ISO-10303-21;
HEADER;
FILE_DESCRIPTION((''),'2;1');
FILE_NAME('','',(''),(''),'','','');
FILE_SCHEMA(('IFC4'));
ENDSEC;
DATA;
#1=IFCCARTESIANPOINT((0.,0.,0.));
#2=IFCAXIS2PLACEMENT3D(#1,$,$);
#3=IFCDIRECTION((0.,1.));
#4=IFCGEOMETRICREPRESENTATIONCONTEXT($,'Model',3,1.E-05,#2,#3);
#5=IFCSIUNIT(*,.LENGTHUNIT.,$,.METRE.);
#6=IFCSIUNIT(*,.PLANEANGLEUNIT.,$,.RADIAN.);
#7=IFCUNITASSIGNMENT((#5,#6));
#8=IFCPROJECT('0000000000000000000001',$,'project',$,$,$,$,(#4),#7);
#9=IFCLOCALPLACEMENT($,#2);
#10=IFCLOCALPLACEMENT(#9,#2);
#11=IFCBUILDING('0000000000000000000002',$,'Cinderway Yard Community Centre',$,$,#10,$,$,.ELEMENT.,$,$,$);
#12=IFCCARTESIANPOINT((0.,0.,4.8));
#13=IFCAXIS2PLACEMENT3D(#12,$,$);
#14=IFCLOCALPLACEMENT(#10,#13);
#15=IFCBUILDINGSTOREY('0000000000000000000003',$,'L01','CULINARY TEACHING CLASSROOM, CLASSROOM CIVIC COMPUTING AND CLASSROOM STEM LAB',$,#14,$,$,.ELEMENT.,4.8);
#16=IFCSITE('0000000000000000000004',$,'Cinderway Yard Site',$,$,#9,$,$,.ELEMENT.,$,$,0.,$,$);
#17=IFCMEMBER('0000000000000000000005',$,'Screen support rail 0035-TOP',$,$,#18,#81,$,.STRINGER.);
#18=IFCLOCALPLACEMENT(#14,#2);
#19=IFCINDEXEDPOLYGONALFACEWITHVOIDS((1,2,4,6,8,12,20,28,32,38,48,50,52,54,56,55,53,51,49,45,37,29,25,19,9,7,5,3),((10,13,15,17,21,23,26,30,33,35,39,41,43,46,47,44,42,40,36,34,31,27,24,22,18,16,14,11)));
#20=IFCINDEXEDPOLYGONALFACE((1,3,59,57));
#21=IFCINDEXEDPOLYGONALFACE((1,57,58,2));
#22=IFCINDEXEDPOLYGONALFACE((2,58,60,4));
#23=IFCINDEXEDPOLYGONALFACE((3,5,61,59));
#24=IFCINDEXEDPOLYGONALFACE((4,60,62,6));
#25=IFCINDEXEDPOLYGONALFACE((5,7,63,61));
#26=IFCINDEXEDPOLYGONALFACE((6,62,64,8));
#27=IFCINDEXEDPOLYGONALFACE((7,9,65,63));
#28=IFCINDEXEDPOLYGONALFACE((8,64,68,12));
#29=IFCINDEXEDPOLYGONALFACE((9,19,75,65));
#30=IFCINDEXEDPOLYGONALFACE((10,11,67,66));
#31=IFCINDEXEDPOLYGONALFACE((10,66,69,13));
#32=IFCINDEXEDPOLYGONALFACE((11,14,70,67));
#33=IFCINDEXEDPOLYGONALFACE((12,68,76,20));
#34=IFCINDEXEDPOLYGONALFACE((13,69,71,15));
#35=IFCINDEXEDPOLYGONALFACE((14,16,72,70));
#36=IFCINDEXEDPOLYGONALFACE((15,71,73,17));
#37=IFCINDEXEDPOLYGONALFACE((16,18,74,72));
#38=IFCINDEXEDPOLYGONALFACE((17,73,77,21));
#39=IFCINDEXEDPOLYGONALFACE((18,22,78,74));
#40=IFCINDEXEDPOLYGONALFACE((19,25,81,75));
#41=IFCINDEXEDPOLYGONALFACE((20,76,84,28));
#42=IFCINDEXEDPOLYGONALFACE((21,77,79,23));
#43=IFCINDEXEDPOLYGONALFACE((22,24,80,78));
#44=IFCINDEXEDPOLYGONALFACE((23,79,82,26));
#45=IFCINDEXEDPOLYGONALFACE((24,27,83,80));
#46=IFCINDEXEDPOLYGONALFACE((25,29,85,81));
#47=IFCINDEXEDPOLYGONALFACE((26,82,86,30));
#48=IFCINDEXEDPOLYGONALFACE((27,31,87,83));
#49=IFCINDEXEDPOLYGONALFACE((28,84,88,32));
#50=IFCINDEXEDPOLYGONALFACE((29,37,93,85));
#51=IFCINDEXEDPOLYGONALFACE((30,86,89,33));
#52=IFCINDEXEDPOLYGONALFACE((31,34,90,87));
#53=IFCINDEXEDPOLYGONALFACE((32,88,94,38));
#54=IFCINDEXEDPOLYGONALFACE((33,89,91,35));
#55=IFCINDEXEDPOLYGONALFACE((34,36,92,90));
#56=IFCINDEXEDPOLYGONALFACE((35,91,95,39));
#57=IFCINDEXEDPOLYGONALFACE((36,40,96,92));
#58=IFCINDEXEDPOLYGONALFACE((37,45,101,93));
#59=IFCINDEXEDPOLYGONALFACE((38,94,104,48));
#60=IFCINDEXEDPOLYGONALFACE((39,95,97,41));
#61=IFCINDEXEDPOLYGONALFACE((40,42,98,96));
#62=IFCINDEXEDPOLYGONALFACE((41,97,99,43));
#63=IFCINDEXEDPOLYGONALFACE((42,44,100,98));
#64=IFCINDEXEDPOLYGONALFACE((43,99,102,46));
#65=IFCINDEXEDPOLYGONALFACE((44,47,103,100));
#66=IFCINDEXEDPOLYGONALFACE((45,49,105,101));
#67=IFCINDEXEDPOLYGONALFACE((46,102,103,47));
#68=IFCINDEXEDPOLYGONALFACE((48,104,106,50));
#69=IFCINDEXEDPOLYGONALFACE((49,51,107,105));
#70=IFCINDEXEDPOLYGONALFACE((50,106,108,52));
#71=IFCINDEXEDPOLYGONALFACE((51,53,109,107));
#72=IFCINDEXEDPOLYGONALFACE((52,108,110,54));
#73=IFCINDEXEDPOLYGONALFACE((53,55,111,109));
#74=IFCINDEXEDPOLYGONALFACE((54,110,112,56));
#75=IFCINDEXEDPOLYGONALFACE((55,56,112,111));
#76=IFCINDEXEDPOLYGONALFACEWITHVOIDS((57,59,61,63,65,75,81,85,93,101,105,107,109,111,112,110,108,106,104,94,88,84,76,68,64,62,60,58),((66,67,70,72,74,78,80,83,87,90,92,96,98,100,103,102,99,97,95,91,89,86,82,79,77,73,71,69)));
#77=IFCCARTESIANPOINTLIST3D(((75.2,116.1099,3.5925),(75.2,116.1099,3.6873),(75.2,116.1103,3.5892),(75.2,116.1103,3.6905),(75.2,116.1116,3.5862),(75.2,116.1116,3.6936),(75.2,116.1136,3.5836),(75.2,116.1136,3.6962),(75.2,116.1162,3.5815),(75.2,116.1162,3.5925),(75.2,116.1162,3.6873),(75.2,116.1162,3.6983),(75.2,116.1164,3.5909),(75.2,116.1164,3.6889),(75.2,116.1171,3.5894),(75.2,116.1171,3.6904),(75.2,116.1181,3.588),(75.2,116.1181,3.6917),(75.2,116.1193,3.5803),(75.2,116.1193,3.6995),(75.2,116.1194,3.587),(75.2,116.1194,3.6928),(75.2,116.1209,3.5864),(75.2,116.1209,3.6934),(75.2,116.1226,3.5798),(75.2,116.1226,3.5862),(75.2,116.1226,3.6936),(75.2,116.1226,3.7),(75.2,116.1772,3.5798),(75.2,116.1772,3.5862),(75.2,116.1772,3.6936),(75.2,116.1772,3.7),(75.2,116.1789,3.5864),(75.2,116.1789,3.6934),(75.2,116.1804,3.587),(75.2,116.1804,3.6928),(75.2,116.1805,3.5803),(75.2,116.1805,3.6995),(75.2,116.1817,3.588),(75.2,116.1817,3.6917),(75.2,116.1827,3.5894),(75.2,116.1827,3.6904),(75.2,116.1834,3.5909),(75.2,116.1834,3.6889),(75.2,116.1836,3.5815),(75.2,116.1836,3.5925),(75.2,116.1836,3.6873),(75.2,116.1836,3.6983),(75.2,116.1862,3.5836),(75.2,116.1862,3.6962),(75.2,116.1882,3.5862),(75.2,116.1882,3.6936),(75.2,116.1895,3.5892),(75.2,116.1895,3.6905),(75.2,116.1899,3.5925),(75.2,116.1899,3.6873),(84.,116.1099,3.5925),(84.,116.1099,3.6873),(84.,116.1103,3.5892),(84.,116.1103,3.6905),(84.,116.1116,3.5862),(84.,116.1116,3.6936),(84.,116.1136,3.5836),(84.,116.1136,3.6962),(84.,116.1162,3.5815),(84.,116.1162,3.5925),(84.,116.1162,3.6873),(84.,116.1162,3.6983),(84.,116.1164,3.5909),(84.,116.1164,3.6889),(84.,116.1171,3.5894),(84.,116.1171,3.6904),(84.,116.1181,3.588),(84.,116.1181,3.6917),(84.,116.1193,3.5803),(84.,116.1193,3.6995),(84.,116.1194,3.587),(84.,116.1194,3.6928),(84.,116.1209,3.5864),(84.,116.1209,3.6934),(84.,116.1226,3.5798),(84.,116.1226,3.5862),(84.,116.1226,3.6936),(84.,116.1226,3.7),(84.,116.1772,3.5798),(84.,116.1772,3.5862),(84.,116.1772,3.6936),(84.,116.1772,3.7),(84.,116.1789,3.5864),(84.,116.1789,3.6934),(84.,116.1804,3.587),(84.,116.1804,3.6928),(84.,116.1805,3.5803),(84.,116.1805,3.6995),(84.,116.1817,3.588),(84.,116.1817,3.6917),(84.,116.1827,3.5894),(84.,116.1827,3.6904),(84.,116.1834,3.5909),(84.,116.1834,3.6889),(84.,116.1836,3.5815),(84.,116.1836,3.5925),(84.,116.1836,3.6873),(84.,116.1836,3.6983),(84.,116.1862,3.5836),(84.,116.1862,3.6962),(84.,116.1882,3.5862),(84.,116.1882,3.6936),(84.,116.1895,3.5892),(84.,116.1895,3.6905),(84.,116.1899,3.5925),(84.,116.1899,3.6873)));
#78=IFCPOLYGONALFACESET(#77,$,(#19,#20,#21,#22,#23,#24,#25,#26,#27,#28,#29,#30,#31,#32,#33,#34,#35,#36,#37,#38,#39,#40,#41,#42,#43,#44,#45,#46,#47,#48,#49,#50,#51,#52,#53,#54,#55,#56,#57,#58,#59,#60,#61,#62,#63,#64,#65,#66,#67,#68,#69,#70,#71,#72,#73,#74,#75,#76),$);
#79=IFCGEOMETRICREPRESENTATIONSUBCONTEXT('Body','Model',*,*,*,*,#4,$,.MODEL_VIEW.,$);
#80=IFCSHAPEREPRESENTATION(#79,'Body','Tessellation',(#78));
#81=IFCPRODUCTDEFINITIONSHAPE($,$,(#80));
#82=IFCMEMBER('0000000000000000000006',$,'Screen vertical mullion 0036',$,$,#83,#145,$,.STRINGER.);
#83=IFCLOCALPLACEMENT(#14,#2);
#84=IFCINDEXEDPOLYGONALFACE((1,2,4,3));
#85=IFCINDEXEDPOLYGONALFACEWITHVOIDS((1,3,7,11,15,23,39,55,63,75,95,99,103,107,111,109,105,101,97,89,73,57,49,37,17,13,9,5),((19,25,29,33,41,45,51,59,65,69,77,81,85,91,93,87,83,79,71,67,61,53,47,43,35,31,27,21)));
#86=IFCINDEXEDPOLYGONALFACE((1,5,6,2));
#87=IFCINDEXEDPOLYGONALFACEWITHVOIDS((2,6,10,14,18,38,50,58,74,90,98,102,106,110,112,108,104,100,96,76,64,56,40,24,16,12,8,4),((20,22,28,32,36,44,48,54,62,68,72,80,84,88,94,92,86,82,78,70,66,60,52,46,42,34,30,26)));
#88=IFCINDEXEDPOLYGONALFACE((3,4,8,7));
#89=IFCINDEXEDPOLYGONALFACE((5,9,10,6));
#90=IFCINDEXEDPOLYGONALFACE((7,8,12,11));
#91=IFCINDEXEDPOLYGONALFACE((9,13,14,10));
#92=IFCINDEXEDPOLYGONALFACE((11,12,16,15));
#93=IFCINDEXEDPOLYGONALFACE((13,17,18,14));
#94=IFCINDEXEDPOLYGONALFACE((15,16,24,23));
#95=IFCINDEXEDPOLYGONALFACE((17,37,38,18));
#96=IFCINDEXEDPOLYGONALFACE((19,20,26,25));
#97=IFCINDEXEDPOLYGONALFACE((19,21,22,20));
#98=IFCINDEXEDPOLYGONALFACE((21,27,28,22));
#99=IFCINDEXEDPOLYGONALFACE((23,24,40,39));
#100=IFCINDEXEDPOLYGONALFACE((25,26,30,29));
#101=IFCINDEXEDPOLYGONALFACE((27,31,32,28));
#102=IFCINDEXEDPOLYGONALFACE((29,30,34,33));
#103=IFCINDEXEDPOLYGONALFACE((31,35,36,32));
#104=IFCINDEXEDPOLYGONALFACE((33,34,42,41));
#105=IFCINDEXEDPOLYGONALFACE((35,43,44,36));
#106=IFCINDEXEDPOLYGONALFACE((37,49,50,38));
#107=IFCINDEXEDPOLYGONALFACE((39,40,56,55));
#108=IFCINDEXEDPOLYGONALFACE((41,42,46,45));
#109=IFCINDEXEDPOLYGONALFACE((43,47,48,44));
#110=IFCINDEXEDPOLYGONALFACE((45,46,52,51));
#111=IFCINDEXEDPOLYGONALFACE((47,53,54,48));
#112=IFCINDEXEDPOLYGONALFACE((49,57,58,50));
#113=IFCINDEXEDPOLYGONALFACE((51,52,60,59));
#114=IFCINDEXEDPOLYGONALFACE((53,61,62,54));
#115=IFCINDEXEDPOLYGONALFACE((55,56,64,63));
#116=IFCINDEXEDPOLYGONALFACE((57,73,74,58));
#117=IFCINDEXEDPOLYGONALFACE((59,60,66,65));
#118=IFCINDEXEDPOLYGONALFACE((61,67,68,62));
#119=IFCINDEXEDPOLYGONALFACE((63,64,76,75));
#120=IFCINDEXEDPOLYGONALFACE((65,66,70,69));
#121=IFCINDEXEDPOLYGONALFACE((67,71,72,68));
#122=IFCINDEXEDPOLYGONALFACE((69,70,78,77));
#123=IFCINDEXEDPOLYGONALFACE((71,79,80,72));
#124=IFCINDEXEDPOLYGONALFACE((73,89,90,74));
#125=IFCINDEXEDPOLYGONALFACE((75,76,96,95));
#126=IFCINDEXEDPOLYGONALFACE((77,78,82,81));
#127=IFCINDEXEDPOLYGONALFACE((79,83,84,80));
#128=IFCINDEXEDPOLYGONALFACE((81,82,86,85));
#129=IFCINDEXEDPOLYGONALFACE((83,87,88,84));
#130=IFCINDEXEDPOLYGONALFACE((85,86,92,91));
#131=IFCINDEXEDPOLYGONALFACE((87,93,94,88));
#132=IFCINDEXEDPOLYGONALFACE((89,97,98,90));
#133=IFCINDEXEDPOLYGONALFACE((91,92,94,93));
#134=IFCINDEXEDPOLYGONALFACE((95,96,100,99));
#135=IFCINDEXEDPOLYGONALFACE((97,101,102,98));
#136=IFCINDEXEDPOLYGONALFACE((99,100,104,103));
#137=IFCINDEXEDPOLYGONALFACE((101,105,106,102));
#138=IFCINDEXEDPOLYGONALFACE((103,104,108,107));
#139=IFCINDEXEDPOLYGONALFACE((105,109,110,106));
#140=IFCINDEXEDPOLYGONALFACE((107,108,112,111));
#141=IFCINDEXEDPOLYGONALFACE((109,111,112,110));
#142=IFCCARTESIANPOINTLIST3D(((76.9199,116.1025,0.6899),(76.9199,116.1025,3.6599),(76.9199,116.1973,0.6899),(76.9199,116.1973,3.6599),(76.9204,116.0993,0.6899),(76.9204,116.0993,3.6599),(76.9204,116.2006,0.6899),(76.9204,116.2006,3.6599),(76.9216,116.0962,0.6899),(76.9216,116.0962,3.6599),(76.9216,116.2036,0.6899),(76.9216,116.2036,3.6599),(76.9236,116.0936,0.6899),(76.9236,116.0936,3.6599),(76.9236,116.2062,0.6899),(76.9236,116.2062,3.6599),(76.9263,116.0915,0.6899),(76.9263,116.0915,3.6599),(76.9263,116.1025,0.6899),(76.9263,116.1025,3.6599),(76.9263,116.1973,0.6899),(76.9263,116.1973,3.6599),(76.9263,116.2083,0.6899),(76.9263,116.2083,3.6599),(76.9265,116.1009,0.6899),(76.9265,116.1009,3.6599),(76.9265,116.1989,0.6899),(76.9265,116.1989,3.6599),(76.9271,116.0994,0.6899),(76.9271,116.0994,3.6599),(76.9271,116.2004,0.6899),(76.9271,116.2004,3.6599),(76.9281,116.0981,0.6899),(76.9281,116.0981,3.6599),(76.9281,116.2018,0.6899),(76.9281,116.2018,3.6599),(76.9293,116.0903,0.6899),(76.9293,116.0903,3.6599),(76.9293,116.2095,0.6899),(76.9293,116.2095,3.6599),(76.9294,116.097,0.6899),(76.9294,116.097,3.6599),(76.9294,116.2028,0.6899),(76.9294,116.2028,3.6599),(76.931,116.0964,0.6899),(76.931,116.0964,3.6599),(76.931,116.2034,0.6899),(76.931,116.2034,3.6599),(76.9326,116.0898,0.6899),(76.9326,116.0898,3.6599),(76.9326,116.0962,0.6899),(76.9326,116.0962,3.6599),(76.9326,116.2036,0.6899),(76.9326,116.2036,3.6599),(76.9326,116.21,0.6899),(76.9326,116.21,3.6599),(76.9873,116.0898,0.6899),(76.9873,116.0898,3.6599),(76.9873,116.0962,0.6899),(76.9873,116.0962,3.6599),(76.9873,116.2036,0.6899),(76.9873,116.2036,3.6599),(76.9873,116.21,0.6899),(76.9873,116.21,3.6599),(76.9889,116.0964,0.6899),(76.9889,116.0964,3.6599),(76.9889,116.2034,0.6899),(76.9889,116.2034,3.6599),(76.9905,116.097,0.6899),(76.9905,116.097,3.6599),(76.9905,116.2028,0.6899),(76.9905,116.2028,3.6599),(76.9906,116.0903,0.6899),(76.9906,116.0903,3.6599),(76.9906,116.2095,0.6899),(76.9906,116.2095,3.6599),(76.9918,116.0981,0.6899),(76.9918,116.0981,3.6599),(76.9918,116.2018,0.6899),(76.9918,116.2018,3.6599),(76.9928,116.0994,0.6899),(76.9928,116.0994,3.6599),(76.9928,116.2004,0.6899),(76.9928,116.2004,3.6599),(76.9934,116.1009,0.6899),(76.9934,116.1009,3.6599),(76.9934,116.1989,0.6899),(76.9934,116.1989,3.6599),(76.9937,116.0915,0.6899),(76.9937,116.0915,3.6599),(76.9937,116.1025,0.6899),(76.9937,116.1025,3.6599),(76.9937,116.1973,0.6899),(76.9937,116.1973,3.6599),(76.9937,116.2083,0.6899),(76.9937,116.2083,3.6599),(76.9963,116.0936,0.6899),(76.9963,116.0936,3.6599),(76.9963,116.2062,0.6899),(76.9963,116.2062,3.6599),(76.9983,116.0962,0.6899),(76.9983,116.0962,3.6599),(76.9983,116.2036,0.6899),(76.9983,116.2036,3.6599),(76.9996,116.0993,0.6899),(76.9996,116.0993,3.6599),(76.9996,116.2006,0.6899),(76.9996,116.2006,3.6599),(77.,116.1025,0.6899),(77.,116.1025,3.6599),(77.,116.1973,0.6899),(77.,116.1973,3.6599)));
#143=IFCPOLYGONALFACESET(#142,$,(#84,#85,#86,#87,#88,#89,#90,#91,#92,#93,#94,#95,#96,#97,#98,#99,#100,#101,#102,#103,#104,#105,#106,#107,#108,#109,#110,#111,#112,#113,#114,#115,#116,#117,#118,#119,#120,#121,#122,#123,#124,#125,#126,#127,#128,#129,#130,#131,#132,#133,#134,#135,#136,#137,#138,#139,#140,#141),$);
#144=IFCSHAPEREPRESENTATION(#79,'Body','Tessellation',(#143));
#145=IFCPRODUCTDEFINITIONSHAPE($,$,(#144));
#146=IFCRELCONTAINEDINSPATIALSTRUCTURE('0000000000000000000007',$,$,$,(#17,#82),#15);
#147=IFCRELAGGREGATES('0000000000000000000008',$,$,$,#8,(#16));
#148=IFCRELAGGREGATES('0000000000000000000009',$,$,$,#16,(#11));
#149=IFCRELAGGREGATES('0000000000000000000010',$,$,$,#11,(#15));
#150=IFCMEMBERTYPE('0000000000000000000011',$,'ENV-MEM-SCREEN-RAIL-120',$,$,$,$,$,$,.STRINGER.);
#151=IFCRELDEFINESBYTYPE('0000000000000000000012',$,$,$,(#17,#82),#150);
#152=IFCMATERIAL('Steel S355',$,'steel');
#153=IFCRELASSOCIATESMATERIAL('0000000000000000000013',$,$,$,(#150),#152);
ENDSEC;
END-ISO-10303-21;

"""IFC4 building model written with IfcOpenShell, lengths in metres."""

from ifc_helpers import new_model, si_unit, direction, frame, origin, origin_2d, place, context, subcontext, project, spatial, hollow_rectangle, extrude, material, material_profile, profile_set, type_object, element, save


model = new_model("IFC4")

# Units and contexts
model_context = context("Model", 3, precision=1e-05, world=origin(), true_north=direction((0.0, 1.0)))
body_context = subcontext(model_context, "Body", "Model", "MODEL_VIEW")
ifc_project = project(units=[si_unit("LENGTHUNIT", "METRE"), si_unit("PLANEANGLEUNIT", "RADIAN")], contexts=[model_context])

# Site, building, storey
site_placement = place(None, origin())
site = spatial("IfcSite", under=ifc_project, at=site_placement, Name="Cinderway Yard Site", CompositionType="ELEMENT", RefElevation=0.0)
building_placement = place(site_placement, origin())
building = spatial("IfcBuilding", under=site, at=building_placement, Name="Cinderway Yard Community Centre", CompositionType="ELEMENT")
storey_placement = place(building_placement, frame((0.0, 0.0, 4.8)))
storey = spatial("IfcBuildingStorey", under=building, at=storey_placement, Name="L01", Description="CULINARY TEACHING CLASSROOM, CLASSROOM CIVIC COMPUTING AND CLASSROOM STEM LAB", CompositionType="ELEMENT", Elevation=4.8)

# Members
ifc_material_1 = material(Name="Steel S355", Category="steel")
ifc_material_profile_1 = material_profile(ifc_material_1, hollow_rectangle(XDim=0.0801, YDim=0.1201, WallThickness=0.0063, InnerFilletRadius=0.0063, OuterFilletRadius=0.0127, at=origin_2d()), Name="Steel S355")
ifc_profile_set_1 = profile_set([ifc_material_profile_1], Name="Steel S355")
member_type_1 = type_object("IfcMemberType", Name="ENV-MEM-SCREEN-RAIL-120", PredefinedType="STRINGER", material=ifc_profile_set_1)
for number, where, z_axis, x_axis, name in (
    (1, (75.2, 116.1499, 3.6399), (1.0, 0.0, 0.0), (0.0, 1.0, 0.0), "Screen support rail 0035-TOP"),
):
    element("IfcMember", number, at=place(storey_placement, frame(where, z_axis=z_axis, x_axis=x_axis)), inside=storey, type_object=member_type_1, Name=name, PredefinedType="STRINGER", context=body_context, shape_type="SweptSolid", body=[
        extrude(hollow_rectangle(XDim=0.0801, YDim=0.1201, WallThickness=0.0063, InnerFilletRadius=0.0063, OuterFilletRadius=0.0127, at=origin_2d()), origin(), (0.0, 0.0, 1.0), 8.8),
    ])
for number, where, z_axis, x_axis, name in (
    (2, (76.96, 116.1499, 0.6899), (0.0, 0.0, 1.0), (1.0, 0.0, 0.0), "Screen vertical mullion 0036"),
):
    element("IfcMember", number, at=place(storey_placement, frame(where, z_axis=z_axis, x_axis=x_axis)), inside=storey, type_object=member_type_1, Name=name, PredefinedType="STRINGER", context=body_context, shape_type="SweptSolid", body=[
        extrude(hollow_rectangle(XDim=0.0801, YDim=0.1201, WallThickness=0.0063, InnerFilletRadius=0.0063, OuterFilletRadius=0.0127, at=origin_2d()), origin(), (0.0, 0.0, 1.0), 2.97),
    ])

save(model, "model.ifc")
